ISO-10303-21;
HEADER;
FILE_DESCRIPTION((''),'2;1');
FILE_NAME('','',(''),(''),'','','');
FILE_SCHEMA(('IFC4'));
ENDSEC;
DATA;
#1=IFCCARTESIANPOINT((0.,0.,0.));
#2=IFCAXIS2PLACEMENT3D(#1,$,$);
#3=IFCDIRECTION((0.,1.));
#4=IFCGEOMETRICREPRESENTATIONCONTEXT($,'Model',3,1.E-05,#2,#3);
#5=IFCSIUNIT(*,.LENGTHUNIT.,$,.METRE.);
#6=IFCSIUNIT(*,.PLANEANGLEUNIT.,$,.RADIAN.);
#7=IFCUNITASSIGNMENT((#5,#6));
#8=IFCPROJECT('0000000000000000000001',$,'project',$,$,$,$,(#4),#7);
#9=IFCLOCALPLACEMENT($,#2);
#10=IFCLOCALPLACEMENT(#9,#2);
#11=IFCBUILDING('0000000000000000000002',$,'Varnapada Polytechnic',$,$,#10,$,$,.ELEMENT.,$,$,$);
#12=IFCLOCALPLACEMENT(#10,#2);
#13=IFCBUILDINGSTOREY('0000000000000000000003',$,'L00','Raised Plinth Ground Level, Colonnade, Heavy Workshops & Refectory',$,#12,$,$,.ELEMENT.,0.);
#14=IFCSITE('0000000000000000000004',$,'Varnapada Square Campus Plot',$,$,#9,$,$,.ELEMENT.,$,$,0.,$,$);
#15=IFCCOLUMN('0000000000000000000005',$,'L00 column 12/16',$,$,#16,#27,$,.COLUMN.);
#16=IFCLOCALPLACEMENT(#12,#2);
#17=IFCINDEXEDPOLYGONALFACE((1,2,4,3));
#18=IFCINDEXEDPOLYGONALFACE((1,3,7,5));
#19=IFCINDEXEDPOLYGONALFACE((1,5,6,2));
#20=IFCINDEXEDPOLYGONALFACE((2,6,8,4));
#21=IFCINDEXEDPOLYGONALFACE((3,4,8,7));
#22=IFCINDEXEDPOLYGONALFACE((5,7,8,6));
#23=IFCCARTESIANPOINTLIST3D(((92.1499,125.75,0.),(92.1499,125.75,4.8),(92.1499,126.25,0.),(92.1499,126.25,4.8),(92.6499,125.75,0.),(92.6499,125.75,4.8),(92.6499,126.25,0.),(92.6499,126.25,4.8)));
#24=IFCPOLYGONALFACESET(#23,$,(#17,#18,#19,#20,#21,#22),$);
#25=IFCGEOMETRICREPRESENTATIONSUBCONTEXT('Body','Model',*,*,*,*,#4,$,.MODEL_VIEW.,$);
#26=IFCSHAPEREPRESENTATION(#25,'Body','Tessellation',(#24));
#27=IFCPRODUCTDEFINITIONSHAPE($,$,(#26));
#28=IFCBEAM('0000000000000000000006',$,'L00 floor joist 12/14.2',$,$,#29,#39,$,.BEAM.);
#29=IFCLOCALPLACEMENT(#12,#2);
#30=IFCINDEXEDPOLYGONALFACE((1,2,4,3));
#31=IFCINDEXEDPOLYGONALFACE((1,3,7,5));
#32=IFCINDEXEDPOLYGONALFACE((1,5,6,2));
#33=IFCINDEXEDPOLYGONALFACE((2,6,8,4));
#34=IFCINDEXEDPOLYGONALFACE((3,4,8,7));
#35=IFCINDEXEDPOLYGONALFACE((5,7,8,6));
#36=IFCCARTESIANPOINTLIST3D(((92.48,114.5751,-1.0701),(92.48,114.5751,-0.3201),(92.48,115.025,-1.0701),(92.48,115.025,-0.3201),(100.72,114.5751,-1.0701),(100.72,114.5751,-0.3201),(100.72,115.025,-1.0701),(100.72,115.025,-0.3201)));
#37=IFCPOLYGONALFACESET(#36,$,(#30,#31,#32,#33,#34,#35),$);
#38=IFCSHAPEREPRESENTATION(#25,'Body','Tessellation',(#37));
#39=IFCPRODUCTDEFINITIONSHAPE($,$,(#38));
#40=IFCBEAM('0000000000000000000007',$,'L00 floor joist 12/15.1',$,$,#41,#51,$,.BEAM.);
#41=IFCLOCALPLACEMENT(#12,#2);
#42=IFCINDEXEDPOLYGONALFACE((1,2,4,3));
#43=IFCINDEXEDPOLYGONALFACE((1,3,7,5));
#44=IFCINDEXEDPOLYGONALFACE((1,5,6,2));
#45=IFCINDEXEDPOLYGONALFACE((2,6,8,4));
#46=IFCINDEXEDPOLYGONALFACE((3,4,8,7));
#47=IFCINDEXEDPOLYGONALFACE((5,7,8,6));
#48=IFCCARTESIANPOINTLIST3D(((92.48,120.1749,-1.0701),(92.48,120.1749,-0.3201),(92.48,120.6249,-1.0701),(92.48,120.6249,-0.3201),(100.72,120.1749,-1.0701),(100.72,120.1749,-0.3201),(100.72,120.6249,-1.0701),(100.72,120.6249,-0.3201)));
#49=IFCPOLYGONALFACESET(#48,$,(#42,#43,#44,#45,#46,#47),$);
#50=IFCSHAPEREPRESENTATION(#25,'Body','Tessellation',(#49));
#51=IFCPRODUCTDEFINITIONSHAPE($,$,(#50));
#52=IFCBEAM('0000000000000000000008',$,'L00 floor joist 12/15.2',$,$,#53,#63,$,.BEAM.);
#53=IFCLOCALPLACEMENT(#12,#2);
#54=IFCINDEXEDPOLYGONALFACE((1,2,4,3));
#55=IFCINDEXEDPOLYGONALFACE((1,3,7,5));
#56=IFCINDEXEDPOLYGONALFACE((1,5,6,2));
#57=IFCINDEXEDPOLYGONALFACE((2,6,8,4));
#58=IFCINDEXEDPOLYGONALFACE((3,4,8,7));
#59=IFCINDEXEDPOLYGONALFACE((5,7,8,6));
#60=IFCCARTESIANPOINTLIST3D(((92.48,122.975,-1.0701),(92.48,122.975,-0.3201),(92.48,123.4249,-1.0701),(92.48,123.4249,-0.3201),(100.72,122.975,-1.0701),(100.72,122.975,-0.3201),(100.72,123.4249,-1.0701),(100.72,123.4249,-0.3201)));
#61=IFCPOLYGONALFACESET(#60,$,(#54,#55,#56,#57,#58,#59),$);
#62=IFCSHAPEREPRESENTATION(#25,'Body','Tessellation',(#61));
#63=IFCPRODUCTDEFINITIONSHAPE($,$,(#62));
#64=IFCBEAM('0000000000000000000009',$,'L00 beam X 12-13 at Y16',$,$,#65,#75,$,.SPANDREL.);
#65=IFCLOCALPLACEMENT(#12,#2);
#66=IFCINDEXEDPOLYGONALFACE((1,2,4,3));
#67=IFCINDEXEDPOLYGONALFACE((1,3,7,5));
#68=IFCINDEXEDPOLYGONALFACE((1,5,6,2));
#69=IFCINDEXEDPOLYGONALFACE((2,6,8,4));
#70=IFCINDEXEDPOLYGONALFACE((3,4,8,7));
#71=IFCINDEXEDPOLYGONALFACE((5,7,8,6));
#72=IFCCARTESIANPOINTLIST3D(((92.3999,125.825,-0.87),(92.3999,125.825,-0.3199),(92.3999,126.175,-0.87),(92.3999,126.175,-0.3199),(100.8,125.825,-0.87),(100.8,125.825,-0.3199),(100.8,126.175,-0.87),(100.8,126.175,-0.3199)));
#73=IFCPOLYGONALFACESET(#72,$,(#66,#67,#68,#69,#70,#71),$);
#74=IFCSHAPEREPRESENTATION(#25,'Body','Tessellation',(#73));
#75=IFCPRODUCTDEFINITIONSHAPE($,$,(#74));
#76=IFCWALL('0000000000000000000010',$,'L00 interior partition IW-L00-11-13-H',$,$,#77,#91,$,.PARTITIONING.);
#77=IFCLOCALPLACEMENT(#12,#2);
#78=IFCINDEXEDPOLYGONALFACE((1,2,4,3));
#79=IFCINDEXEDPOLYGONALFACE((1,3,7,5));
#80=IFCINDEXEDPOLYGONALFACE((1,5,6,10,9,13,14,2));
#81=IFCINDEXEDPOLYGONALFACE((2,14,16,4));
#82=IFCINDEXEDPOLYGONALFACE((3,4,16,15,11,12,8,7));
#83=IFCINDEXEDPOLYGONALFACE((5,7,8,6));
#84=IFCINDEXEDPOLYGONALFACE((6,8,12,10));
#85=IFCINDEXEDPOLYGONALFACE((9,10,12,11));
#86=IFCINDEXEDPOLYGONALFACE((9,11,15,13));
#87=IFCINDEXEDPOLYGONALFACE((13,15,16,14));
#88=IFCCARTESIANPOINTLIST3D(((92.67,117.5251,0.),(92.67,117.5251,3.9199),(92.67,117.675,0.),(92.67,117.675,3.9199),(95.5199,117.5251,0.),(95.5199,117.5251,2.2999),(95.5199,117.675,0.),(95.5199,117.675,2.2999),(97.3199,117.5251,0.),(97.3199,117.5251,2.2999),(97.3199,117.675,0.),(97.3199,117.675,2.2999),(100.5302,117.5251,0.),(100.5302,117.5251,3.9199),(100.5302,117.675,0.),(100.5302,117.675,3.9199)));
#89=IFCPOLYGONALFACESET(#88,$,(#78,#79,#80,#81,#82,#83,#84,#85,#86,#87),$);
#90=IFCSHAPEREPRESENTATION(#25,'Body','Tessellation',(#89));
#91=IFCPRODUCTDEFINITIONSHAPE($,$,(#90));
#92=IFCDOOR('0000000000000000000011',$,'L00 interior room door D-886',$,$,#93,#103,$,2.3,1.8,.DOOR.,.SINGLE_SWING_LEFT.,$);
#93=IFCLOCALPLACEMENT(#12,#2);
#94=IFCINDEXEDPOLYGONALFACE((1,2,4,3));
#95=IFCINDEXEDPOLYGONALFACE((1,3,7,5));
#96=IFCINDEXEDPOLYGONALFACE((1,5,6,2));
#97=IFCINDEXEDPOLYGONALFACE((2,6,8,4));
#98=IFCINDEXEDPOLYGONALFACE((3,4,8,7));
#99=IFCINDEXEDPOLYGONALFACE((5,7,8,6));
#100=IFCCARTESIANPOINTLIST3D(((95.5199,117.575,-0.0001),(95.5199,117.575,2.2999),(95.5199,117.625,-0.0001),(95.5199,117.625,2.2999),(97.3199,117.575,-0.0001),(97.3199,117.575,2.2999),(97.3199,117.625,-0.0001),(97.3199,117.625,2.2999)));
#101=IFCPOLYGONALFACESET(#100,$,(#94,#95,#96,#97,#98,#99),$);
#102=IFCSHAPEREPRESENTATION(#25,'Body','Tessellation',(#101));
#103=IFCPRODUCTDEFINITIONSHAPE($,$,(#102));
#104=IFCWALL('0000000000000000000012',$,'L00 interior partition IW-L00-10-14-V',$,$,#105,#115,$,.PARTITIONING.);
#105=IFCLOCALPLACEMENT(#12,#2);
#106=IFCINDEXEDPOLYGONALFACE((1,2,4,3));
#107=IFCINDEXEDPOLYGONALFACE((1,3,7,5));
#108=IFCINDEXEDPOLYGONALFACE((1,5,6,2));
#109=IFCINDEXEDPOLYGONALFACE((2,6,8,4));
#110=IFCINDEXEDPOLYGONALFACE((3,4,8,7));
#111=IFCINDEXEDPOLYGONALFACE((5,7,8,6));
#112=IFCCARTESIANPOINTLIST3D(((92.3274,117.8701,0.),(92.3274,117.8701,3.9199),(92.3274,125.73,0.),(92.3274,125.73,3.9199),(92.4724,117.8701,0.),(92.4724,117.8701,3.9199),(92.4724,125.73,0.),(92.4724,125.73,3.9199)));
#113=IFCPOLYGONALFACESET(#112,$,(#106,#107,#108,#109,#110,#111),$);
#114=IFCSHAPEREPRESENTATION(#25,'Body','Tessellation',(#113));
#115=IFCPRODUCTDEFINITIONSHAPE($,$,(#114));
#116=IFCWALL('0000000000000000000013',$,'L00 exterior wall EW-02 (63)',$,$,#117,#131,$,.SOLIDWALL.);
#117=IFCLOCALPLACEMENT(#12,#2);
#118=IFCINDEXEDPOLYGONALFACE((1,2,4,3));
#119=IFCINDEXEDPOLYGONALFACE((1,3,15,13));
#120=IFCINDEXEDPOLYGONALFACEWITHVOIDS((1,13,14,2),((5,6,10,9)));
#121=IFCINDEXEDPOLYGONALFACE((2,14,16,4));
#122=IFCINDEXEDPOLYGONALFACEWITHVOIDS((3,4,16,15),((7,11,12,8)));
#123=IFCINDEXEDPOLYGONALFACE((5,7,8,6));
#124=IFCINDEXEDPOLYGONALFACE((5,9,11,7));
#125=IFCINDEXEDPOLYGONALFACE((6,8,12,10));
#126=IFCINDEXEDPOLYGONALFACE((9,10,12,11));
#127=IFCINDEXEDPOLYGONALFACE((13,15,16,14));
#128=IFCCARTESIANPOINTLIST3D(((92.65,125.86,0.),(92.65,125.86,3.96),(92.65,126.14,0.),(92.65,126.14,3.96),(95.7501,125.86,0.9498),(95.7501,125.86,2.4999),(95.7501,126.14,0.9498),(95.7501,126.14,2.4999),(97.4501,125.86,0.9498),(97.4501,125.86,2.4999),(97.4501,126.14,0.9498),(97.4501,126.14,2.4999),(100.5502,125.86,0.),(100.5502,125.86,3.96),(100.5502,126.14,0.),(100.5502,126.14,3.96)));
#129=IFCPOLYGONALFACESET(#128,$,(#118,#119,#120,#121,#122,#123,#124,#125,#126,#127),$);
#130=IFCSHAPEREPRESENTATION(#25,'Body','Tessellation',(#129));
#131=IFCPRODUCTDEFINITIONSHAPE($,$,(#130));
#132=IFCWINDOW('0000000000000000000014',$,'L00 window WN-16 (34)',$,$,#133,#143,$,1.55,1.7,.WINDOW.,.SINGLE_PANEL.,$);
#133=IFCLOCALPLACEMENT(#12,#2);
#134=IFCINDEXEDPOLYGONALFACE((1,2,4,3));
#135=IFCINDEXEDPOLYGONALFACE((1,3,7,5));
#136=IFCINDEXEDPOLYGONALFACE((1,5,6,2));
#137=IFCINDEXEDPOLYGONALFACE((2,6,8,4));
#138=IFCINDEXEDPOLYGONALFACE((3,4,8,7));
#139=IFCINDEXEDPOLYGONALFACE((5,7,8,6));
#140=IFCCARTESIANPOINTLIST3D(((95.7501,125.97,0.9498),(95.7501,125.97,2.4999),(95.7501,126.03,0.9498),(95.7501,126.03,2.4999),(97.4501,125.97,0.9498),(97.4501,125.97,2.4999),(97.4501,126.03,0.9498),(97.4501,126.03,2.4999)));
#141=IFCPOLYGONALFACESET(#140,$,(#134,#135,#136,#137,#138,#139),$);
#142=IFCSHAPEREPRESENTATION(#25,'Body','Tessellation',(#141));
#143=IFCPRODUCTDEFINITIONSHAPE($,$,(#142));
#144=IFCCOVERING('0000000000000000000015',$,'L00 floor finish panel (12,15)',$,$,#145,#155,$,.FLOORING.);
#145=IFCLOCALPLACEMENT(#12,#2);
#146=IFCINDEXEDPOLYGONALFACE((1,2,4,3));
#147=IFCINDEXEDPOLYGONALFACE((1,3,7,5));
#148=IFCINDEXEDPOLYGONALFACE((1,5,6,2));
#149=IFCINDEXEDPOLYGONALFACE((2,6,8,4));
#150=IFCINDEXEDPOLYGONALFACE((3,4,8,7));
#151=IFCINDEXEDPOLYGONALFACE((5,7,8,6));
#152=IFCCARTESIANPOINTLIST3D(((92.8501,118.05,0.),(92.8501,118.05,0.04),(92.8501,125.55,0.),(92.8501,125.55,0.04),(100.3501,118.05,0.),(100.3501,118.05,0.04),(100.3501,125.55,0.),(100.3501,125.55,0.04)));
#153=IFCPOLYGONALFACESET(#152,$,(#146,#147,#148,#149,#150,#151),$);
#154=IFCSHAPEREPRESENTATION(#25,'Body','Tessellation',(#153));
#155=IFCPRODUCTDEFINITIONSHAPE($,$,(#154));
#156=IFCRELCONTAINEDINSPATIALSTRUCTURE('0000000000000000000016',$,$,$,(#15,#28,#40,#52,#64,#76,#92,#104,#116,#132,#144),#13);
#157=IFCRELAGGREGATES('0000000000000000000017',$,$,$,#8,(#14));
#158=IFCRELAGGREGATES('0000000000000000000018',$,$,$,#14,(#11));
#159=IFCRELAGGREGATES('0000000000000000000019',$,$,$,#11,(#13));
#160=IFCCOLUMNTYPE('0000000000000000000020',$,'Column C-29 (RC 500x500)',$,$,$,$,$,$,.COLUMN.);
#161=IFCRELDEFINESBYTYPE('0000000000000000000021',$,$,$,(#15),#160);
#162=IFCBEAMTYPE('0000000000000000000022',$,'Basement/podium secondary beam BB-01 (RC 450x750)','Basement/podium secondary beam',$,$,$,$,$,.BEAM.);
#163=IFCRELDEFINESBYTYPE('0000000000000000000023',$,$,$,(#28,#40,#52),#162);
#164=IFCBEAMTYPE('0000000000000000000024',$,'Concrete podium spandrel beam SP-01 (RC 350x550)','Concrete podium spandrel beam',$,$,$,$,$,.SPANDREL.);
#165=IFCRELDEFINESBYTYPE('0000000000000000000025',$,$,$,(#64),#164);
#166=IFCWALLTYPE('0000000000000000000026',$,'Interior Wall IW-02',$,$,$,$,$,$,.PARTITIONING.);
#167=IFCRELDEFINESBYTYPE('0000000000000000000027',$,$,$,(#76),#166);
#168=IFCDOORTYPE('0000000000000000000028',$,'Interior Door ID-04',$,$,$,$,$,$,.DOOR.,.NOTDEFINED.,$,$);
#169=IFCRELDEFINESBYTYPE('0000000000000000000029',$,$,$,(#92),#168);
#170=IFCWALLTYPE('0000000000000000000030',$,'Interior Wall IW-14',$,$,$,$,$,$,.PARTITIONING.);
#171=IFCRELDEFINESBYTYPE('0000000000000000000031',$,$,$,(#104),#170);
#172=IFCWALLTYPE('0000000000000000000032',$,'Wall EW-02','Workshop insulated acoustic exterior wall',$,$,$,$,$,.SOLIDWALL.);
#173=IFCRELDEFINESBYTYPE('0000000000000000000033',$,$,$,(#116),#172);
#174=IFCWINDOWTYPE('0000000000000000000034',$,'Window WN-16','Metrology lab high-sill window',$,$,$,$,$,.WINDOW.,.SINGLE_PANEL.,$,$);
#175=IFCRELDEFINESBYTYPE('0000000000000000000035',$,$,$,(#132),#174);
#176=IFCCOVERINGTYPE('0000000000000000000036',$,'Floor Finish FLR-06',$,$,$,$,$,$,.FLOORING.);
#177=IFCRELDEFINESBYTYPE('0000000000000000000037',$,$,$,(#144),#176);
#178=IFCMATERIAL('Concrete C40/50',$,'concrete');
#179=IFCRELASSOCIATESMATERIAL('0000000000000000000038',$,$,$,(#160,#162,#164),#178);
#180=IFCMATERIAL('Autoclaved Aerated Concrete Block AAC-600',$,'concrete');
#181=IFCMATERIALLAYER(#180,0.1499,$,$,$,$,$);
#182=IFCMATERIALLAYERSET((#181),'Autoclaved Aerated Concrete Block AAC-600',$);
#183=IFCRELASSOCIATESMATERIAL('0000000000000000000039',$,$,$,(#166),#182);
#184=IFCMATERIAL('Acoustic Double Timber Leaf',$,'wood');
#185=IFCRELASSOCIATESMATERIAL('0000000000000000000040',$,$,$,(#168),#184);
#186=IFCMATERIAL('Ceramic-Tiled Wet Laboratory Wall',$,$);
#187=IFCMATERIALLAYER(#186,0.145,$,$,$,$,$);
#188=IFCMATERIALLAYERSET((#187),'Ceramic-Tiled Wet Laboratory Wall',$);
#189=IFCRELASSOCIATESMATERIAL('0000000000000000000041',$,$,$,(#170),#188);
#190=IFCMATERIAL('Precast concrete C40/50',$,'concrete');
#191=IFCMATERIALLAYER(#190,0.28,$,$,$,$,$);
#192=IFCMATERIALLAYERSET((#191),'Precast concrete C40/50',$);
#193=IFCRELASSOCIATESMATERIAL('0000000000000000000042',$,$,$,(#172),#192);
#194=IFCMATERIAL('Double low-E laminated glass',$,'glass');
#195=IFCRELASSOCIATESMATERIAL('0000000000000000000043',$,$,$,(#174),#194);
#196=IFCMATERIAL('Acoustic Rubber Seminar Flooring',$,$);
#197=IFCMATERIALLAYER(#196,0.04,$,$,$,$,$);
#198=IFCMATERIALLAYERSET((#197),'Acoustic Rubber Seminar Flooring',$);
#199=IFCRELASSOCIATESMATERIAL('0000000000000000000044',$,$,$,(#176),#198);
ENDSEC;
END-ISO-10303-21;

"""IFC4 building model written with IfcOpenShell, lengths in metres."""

from ifc_helpers import new_model, si_unit, direction, frame, frame_2d, origin, origin_2d, place, context, subcontext, project, spatial, rectangle, extrude, material, layer, layer_set, material_profile, profile_set, type_object, element, fill, save


model = new_model("IFC4")

# Units and contexts
model_context = context("Model", 3, precision=1e-05, world=origin(), true_north=direction((0.0, 1.0)))
body_context = subcontext(model_context, "Body", "Model", "MODEL_VIEW")
ifc_project = project(units=[si_unit("LENGTHUNIT", "METRE"), si_unit("PLANEANGLEUNIT", "RADIAN")], contexts=[model_context])

# Site, building, storey
site_placement = place(None, origin())
site = spatial("IfcSite", under=ifc_project, at=site_placement, Name="Varnapada Square Campus Plot", CompositionType="ELEMENT", RefElevation=0.0)
building_placement = place(site_placement, origin())
building = spatial("IfcBuilding", under=site, at=building_placement, Name="Varnapada Polytechnic", CompositionType="ELEMENT")
storey_placement = place(building_placement, origin())
storey = spatial("IfcBuildingStorey", under=building, at=storey_placement, Name="L00", Description="Raised Plinth Ground Level, Colonnade, Heavy Workshops & Refectory", CompositionType="ELEMENT", Elevation=0.0)

# Column
ifc_material_1 = material(Name="Concrete C40/50", Category="concrete")
ifc_material_profile_1 = material_profile(ifc_material_1, rectangle(XDim=0.5, YDim=0.5, at=origin_2d()), Name="RC 500x500")
ifc_profile_set_1 = profile_set([ifc_material_profile_1], Name="Concrete C40/50")
column_type = type_object("IfcColumnType", Name="Column C-29 (RC 500x500)", PredefinedType="COLUMN", material=ifc_profile_set_1)
column_placement = place(storey_placement, frame((92.3999, 126.0, 0.0), z_axis=(0.0, 0.0, 1.0), x_axis=(1.0, 0.0, 0.0)))
element("IfcColumn", 1, at=column_placement, inside=storey, type_object=column_type, Name="L00 column 12/16", PredefinedType="COLUMN", context=body_context, shape_type="SweptSolid", body=[
    extrude(rectangle(XDim=0.5, YDim=0.5, at=origin_2d()), origin(), (0.0, 0.0, 1.0), 4.8),
])

# Beams
ifc_material_profile_2 = material_profile(ifc_material_1, rectangle(XDim=0.45, YDim=0.75, at=origin_2d()), Name="RC 450x750")
ifc_profile_set_2 = profile_set([ifc_material_profile_2], Name="Concrete C40/50")
beam_type_1 = type_object("IfcBeamType", Name="Basement/podium secondary beam BB-01 (RC 450x750)", Description="Basement/podium secondary beam", PredefinedType="BEAM", material=ifc_profile_set_2)
for number, where, z_axis, x_axis, name in (
    (2, (92.48, 114.8, -0.6951), (1.0, 0.0, 0.0), (0.0, 1.0, 0.0), "L00 floor joist 12/14.2"),
    (3, (92.48, 120.3999, -0.6951), (1.0, 0.0, 0.0), (0.0, 1.0, 0.0), "L00 floor joist 12/15.1"),
    (4, (92.48, 123.2, -0.6951), (1.0, 0.0, 0.0), (0.0, 1.0, 0.0), "L00 floor joist 12/15.2"),
):
    element("IfcBeam", number, at=place(storey_placement, frame(where, z_axis=z_axis, x_axis=x_axis)), inside=storey, type_object=beam_type_1, Name=name, PredefinedType="BEAM", context=body_context, shape_type="SweptSolid", body=[
        extrude(rectangle(XDim=0.45, YDim=0.75, at=origin_2d()), origin(), (0.0, 0.0, 1.0), 8.24),
    ])
ifc_material_profile_3 = material_profile(ifc_material_1, rectangle(XDim=0.3501, YDim=0.55, at=origin_2d()), Name="RC 350x550")
ifc_profile_set_3 = profile_set([ifc_material_profile_3], Name="Concrete C40/50")
beam_type_2 = type_object("IfcBeamType", Name="Concrete podium spandrel beam SP-01 (RC 350x550)", Description="Concrete podium spandrel beam", PredefinedType="SPANDREL", material=ifc_profile_set_3)
beam_placement = place(storey_placement, frame((92.3999, 126.0, -0.595), z_axis=(1.0, 0.0, 0.0), x_axis=(0.0, 1.0, 0.0)))
element("IfcBeam", 5, at=beam_placement, inside=storey, type_object=beam_type_2, Name="L00 beam X 12-13 at Y16", PredefinedType="SPANDREL", context=body_context, shape_type="SweptSolid", body=[
    extrude(rectangle(XDim=0.3501, YDim=0.55, at=origin_2d()), origin(), (0.0, 0.0, 1.0), 8.4001),
])

# Wall, opening, door
ifc_material_2 = material(Name="Autoclaved Aerated Concrete Block AAC-600", Category="concrete")
ifc_layer_1 = layer(ifc_material_2, 0.1499)
ifc_layer_set_1 = layer_set([ifc_layer_1], Name="Autoclaved Aerated Concrete Block AAC-600")
wall_type_1 = type_object("IfcWallType", Name="Interior Wall IW-02", PredefinedType="PARTITIONING", material=ifc_layer_set_1)
wall_1_placement = place(storey_placement, frame((92.6699, 117.6001, 0.0), z_axis=(0.0, 0.0, 1.0), x_axis=(1.0, 0.0, 0.0)))
wall_1 = element("IfcWall", 6, at=wall_1_placement, inside=storey, type_object=wall_type_1, Name="L00 interior partition IW-L00-11-13-H", PredefinedType="PARTITIONING", context=body_context, shape_type="SweptSolid", body=[
    extrude(rectangle(XDim=7.8601, YDim=0.1499, at=frame_2d((3.9302, 0.0))), origin(), (0.0, 0.0, 1.0), 3.9199),
])
opening_1_placement = place(wall_1_placement, frame((2.8501, 0.0, 0.0)))
opening_1 = element("IfcOpeningElement", 7, at=opening_1_placement, cuts=wall_1, PredefinedType="OPENING", context=body_context, shape_type="SweptSolid", body=[
    extrude(rectangle(XDim=1.8, YDim=2.3, at=frame_2d((0.8999, 1.1499))), frame((0.0, 0.085, 0.0), z_axis=(0.0, -1.0, 0.0), x_axis=(1.0, 0.0, 0.0)), (0.0, 0.0, 1.0), 0.1699),
])
ifc_material_3 = material(Name="Acoustic Double Timber Leaf", Category="wood")
door_type = type_object("IfcDoorType", Name="Interior Door ID-04", OperationType="NOTDEFINED", PredefinedType="DOOR", material=ifc_material_3)
door_placement = place(opening_1_placement, origin())
door = element("IfcDoor", 8, at=door_placement, inside=storey, type_object=door_type, Name="L00 interior room door D-886", OperationType="SINGLE_SWING_LEFT", OverallHeight=2.3, OverallWidth=1.8, PredefinedType="DOOR", context=body_context, shape_type="SweptSolid", body=[
    extrude(rectangle(XDim=1.8, YDim=2.3, at=frame_2d((0.8999, 1.1499))), frame((0.0, 0.0249, 0.0), z_axis=(0.0, -1.0, 0.0), x_axis=(1.0, 0.0, 0.0)), (0.0, 0.0, 1.0), 0.05),
])
fill(opening_1, door)

# Wall
ifc_material_4 = material(Name="Ceramic-Tiled Wet Laboratory Wall")
ifc_layer_2 = layer(ifc_material_4, 0.145)
ifc_layer_set_2 = layer_set([ifc_layer_2], Name="Ceramic-Tiled Wet Laboratory Wall")
wall_type_2 = type_object("IfcWallType", Name="Interior Wall IW-14", PredefinedType="PARTITIONING", material=ifc_layer_set_2)
wall_2_placement = place(storey_placement, frame((92.3999, 117.8701, 0.0), z_axis=(0.0, 0.0, 1.0), x_axis=(0.0, 1.0, 0.0)))
element("IfcWall", 9, at=wall_2_placement, inside=storey, type_object=wall_type_2, Name="L00 interior partition IW-L00-10-14-V", PredefinedType="PARTITIONING", context=body_context, shape_type="SweptSolid", body=[
    extrude(rectangle(XDim=7.8599, YDim=0.145, at=frame_2d((3.9299, 0.0))), origin(), (0.0, 0.0, 1.0), 3.9199),
])

# Wall, opening, window
ifc_material_5 = material(Name="Precast concrete C40/50", Category="concrete")
ifc_layer_3 = layer(ifc_material_5, 0.28)
ifc_layer_set_3 = layer_set([ifc_layer_3], Name="Precast concrete C40/50")
wall_type_3 = type_object("IfcWallType", Name="Wall EW-02", Description="Workshop insulated acoustic exterior wall", PredefinedType="SOLIDWALL", material=ifc_layer_set_3)
wall_3_placement = place(storey_placement, frame((92.6499, 126.0, 0.0), z_axis=(0.0, 0.0, 1.0), x_axis=(1.0, 0.0, 0.0)))
wall_3 = element("IfcWall", 10, at=wall_3_placement, inside=storey, type_object=wall_type_3, Name="L00 exterior wall EW-02 (63)", PredefinedType="SOLIDWALL", context=body_context, shape_type="SweptSolid", body=[
    extrude(rectangle(XDim=7.9001, YDim=0.28, at=frame_2d((3.9502, 0.0))), origin(), (0.0, 0.0, 1.0), 3.96),
])
opening_2_placement = place(wall_3_placement, frame((3.1001, 0.0, 0.95)))
opening_2 = element("IfcOpeningElement", 11, at=opening_2_placement, cuts=wall_3, PredefinedType="OPENING", context=body_context, shape_type="SweptSolid", body=[
    extrude(rectangle(XDim=1.7, YDim=1.55, at=frame_2d((0.8501, 0.7749))), frame((0.0, 0.1499, 0.0), z_axis=(0.0, -1.0, 0.0), x_axis=(1.0, 0.0, 0.0)), (0.0, 0.0, 1.0), 0.3),
])
ifc_material_6 = material(Name="Double low-E laminated glass", Category="glass")
window_type = type_object("IfcWindowType", Name="Window WN-16", Description="Metrology lab high-sill window", PartitioningType="SINGLE_PANEL", PredefinedType="WINDOW", material=ifc_material_6)
window_placement = place(opening_2_placement, origin())
window = element("IfcWindow", 12, at=window_placement, inside=storey, type_object=window_type, Name="L00 window WN-16 (34)", OverallHeight=1.55, OverallWidth=1.7, PartitioningType="SINGLE_PANEL", PredefinedType="WINDOW", context=body_context, shape_type="SweptSolid", body=[
    extrude(rectangle(XDim=1.7, YDim=1.55, at=frame_2d((0.8501, 0.7749))), frame((0.0, 0.03, 0.0), z_axis=(0.0, -1.0, 0.0), x_axis=(1.0, 0.0, 0.0)), (0.0, 0.0, 1.0), 0.0601),
])
fill(opening_2, window)

# Covering
ifc_material_7 = material(Name="Acoustic Rubber Seminar Flooring")
ifc_layer_4 = layer(ifc_material_7, 0.04)
ifc_layer_set_4 = layer_set([ifc_layer_4], Name="Acoustic Rubber Seminar Flooring")
covering_type_1 = type_object("IfcCoveringType", Name="Floor Finish FLR-06", PredefinedType="FLOORING", material=ifc_layer_set_4)
covering_1_placement = place(storey_placement, frame((96.6001, 121.8, 0.0), z_axis=(0.0, 0.0, 1.0), x_axis=(1.0, 0.0, 0.0)))
element("IfcCovering", 13, at=covering_1_placement, inside=storey, type_object=covering_type_1, Name="L00 floor finish panel (12,15)", PredefinedType="FLOORING", context=body_context, shape_type="SweptSolid", body=[
    extrude(rectangle(XDim=7.5, YDim=7.5, at=origin_2d()), origin(), (0.0, 0.0, 1.0), 0.04),
])

save(model, "model.ifc")
